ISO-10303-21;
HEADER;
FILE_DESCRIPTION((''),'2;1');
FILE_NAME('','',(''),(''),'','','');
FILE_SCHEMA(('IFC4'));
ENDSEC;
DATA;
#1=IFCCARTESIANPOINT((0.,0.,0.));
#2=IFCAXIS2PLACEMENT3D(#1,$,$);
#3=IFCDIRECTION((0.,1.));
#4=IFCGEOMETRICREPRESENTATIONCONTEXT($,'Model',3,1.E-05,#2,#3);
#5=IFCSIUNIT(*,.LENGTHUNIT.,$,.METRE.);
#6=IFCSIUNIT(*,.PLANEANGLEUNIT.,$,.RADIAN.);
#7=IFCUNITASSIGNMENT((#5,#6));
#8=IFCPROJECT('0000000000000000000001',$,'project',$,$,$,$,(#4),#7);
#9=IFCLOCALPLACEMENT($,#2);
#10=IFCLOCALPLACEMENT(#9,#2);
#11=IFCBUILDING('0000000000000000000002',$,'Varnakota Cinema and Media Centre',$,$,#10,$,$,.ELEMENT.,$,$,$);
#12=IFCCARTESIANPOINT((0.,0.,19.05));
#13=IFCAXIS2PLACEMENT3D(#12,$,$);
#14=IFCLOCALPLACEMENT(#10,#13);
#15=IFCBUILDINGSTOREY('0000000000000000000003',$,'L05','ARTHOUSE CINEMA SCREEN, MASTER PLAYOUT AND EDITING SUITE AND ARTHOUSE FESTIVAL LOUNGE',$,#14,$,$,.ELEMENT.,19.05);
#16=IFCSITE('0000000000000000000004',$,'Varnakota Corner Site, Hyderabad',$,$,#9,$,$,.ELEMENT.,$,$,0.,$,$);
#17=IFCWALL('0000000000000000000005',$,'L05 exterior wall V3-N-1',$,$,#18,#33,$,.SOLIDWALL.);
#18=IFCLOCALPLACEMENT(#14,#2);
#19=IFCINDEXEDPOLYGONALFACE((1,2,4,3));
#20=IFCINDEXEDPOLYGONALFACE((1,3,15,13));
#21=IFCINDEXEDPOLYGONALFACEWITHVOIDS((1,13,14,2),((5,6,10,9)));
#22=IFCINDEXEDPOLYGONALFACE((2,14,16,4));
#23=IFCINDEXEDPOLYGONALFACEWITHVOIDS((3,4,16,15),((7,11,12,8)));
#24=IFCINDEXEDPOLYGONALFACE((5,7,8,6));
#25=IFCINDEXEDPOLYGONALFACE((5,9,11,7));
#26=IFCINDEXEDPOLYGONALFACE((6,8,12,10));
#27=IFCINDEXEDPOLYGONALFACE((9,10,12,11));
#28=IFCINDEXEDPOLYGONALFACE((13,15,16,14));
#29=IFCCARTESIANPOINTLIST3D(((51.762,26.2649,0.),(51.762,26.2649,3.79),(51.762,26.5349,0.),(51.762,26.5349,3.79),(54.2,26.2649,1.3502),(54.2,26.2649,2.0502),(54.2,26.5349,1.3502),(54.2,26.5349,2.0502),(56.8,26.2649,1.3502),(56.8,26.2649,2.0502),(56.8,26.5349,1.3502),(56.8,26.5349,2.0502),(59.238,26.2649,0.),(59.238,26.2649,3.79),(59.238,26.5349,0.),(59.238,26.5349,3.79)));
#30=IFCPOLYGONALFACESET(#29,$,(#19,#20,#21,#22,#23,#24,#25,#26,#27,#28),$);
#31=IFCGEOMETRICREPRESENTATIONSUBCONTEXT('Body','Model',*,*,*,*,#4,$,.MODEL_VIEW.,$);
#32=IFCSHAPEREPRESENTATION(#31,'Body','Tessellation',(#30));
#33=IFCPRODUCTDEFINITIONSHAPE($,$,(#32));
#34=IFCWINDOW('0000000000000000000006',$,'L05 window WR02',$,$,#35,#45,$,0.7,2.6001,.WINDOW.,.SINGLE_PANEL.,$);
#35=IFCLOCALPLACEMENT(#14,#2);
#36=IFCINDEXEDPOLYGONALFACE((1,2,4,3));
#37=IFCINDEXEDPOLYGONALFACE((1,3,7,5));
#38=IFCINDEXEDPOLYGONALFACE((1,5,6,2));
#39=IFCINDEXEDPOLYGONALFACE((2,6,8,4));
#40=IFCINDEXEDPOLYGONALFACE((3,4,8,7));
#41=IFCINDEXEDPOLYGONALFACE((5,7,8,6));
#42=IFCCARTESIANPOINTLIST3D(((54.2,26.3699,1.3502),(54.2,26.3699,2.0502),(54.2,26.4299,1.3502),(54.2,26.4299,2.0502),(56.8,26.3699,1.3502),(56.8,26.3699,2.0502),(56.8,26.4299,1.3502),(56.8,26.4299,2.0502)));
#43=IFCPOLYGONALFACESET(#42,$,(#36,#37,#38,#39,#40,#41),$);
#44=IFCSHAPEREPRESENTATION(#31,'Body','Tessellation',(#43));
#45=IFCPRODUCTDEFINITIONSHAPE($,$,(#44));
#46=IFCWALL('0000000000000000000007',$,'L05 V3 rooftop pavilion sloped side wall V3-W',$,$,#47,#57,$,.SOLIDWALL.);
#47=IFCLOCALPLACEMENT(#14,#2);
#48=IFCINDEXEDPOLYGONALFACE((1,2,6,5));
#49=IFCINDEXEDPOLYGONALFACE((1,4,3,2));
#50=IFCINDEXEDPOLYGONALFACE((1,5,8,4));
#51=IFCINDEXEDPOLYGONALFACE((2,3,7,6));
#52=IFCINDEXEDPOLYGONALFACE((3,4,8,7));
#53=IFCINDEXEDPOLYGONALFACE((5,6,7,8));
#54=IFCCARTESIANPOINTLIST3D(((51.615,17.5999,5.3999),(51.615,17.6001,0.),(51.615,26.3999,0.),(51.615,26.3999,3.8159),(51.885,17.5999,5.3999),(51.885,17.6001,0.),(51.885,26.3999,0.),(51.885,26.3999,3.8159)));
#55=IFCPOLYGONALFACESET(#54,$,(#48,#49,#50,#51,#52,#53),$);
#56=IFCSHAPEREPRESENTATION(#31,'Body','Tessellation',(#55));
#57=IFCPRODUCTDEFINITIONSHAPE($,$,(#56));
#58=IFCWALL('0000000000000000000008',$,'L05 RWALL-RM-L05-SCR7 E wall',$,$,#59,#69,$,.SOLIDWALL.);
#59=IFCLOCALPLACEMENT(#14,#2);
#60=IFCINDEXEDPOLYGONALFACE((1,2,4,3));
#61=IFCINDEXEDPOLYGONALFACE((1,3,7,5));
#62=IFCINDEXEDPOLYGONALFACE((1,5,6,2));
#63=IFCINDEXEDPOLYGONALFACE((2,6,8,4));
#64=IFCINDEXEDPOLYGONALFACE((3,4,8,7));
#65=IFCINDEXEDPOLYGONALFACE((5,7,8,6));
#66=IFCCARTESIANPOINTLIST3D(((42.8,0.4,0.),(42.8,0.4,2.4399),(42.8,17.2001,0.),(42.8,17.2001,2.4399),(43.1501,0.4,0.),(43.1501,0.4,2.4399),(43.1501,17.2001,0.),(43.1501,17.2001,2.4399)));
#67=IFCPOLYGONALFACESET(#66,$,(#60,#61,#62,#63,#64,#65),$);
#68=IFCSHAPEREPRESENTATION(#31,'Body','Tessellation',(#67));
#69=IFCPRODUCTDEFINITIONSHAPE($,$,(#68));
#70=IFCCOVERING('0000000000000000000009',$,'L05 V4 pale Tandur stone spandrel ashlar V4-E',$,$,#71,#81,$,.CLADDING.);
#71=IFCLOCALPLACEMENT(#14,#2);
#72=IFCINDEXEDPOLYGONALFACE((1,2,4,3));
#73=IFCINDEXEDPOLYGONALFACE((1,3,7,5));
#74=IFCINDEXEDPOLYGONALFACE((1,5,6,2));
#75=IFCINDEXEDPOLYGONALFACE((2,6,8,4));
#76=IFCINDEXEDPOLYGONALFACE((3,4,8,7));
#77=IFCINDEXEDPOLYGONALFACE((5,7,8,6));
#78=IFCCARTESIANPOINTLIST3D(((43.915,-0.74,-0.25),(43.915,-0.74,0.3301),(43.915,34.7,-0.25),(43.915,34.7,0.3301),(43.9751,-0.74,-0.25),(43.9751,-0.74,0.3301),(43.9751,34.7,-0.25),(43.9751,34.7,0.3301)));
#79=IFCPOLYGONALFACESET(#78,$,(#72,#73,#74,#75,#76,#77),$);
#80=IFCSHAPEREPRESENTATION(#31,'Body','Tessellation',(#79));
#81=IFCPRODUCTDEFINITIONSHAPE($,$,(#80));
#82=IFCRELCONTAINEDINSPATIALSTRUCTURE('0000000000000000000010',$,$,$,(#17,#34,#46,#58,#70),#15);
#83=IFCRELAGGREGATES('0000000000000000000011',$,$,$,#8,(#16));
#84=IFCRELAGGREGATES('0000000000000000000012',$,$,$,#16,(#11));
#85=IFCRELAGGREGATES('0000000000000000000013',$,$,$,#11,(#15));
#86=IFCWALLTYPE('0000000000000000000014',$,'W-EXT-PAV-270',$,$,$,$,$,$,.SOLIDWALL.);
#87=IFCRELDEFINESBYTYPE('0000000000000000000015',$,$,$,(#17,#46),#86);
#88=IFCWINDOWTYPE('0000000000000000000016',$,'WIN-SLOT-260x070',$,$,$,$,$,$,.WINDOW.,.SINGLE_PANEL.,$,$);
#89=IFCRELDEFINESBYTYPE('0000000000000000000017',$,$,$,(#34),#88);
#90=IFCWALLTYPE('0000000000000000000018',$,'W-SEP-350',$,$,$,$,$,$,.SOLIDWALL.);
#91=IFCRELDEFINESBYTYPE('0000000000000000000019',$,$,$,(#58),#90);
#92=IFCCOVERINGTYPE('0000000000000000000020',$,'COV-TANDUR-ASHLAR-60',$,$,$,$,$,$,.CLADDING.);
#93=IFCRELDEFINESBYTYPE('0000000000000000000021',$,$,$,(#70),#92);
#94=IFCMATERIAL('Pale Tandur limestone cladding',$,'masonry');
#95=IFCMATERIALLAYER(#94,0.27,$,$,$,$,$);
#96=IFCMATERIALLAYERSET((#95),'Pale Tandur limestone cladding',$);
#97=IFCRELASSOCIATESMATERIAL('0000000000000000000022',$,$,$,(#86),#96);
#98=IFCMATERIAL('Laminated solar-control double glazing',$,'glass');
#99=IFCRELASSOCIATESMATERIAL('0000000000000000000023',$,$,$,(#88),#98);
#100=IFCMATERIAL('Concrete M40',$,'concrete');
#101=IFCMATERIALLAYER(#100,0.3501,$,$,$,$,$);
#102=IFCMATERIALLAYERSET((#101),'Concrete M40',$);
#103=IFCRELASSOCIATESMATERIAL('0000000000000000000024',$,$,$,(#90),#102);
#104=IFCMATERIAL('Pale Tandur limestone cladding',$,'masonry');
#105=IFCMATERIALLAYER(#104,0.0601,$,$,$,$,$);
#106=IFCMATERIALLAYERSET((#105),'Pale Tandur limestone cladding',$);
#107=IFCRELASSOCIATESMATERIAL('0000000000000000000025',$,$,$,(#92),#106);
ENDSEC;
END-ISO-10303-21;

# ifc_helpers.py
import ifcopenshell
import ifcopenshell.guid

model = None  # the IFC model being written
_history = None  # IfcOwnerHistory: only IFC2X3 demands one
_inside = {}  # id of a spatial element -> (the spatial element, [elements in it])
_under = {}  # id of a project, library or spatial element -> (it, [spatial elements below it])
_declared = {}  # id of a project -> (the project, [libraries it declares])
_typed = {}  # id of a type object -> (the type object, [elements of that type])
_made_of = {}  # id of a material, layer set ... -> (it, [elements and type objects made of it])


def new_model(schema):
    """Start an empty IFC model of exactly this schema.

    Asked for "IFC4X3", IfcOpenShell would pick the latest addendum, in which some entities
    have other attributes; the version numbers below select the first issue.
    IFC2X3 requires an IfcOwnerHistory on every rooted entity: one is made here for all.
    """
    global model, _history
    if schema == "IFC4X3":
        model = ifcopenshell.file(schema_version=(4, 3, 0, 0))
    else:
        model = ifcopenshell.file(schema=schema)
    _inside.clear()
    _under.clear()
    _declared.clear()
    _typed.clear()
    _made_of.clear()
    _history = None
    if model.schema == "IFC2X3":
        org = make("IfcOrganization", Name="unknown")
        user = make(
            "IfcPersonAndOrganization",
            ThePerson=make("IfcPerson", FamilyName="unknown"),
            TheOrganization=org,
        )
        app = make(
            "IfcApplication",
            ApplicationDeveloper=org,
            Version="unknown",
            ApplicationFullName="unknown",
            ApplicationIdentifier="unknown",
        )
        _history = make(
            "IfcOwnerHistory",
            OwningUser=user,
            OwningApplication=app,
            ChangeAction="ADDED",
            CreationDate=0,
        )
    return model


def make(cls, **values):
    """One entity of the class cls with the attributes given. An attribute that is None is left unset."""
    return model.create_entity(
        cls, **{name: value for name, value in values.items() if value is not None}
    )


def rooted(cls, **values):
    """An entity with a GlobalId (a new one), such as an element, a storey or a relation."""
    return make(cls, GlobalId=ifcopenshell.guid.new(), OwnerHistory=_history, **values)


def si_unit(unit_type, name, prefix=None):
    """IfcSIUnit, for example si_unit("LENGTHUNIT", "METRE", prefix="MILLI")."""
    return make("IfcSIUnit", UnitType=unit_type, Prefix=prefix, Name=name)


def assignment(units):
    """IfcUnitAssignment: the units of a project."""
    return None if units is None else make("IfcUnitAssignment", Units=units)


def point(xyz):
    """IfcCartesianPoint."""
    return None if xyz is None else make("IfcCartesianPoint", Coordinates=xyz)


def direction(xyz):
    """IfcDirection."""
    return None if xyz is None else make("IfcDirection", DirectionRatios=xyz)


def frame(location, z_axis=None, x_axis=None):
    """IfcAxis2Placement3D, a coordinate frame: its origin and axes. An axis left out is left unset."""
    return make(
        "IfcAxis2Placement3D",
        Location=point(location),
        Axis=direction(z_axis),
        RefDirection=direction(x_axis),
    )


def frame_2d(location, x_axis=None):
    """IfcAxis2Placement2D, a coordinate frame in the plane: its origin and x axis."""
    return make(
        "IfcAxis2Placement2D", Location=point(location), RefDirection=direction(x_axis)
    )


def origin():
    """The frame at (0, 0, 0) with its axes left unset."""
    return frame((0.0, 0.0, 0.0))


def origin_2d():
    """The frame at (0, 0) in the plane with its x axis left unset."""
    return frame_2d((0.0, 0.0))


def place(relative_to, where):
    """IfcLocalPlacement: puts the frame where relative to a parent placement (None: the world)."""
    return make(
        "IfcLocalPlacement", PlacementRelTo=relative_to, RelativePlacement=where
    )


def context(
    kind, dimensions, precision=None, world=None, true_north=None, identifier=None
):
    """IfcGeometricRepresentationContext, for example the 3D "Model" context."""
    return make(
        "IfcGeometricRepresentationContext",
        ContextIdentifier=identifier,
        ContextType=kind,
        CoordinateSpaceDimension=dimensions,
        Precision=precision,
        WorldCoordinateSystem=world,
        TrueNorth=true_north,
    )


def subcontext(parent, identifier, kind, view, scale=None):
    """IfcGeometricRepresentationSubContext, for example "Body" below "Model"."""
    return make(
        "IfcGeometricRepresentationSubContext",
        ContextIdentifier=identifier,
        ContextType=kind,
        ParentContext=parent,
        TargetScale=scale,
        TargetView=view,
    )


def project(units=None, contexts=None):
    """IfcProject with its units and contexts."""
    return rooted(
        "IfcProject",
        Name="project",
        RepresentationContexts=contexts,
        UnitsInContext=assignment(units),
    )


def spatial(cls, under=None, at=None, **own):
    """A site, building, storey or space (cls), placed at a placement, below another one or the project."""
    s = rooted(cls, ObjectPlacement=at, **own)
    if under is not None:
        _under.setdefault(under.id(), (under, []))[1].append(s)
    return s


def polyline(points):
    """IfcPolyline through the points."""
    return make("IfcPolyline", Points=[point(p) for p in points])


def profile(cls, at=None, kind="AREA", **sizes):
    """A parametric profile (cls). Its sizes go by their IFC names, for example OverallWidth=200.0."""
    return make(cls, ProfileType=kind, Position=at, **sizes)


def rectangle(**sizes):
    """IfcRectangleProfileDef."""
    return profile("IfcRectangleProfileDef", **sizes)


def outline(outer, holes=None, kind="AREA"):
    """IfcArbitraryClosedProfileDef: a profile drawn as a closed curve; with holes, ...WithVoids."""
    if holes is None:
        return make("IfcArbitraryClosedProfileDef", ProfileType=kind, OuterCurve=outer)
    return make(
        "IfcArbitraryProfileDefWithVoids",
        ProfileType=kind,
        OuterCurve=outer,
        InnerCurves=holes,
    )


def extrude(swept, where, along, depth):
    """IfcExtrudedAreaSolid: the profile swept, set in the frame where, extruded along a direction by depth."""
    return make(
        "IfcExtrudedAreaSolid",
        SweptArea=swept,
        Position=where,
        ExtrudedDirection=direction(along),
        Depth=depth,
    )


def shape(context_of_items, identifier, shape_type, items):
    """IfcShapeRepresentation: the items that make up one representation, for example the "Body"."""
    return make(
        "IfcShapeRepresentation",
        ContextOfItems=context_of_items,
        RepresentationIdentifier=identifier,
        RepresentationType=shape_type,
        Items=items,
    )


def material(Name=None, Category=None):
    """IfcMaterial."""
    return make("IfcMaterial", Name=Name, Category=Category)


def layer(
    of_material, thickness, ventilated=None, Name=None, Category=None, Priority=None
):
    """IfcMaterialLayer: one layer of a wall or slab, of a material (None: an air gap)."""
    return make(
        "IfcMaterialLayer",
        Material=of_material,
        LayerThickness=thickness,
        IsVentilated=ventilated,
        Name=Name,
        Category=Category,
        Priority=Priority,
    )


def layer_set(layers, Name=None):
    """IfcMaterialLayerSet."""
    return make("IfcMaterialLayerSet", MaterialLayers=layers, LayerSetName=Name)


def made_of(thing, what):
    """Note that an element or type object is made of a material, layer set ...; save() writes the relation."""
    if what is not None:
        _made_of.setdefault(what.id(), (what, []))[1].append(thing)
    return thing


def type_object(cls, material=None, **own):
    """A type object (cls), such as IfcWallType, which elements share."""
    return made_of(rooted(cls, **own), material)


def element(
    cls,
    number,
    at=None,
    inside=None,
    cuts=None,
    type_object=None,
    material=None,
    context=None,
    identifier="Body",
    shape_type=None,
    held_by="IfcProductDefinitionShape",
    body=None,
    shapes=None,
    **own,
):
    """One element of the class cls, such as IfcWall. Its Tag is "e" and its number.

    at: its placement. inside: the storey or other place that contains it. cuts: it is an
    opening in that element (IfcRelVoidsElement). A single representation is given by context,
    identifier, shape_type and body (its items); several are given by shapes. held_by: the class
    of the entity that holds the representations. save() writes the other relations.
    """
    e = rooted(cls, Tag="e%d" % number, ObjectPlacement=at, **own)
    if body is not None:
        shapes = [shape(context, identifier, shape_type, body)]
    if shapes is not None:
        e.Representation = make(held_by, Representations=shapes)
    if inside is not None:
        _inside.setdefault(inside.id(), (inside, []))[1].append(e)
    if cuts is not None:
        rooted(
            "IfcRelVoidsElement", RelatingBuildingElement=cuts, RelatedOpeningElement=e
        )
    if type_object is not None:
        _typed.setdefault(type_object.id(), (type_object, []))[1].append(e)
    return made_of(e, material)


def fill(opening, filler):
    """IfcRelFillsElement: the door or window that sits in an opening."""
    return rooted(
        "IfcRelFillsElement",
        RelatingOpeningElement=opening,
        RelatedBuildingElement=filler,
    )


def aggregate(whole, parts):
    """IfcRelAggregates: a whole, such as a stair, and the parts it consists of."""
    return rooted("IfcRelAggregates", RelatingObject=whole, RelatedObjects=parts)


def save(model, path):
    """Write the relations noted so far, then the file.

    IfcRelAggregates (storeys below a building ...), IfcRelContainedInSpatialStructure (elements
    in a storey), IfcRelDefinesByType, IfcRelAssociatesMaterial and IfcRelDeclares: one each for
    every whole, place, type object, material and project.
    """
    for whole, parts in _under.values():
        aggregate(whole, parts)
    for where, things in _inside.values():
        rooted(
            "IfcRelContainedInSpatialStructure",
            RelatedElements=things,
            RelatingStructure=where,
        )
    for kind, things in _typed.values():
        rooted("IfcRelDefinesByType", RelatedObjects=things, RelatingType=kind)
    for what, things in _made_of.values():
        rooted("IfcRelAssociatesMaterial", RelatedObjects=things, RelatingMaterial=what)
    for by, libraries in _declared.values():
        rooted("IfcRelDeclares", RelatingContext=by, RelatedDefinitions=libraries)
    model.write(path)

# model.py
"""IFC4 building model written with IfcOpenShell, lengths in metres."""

from ifc_helpers import new_model, si_unit, direction, frame, frame_2d, origin, origin_2d, place, context, subcontext, project, spatial, polyline, rectangle, outline, extrude, material, layer, layer_set, type_object, element, fill, save


model = new_model("IFC4")

# Units and contexts
model_context = context("Model", 3, precision=1e-05, world=origin(), true_north=direction((0.0, 1.0)))
body_context = subcontext(model_context, "Body", "Model", "MODEL_VIEW")
ifc_project = project(units=[si_unit("LENGTHUNIT", "METRE"), si_unit("PLANEANGLEUNIT", "RADIAN")], contexts=[model_context])

# Site, building, storey
site_placement = place(None, origin())
site = spatial("IfcSite", under=ifc_project, at=site_placement, Name="Varnakota Corner Site, Hyderabad", CompositionType="ELEMENT", RefElevation=0.0)
building_placement = place(site_placement, origin())
building = spatial("IfcBuilding", under=site, at=building_placement, Name="Varnakota Cinema and Media Centre", CompositionType="ELEMENT")
storey_placement = place(building_placement, frame((0.0, 0.0, 19.05)))
storey = spatial("IfcBuildingStorey", under=building, at=storey_placement, Name="L05", Description="ARTHOUSE CINEMA SCREEN, MASTER PLAYOUT AND EDITING SUITE AND ARTHOUSE FESTIVAL LOUNGE", CompositionType="ELEMENT", Elevation=19.05)

# Wall, opening, window
ifc_material_1 = material(Name="Pale Tandur limestone cladding", Category="masonry")
ifc_layer_1 = layer(ifc_material_1, 0.27)
ifc_layer_set_1 = layer_set([ifc_layer_1], Name="Pale Tandur limestone cladding")
wall_type_1 = type_object("IfcWallType", Name="W-EXT-PAV-270", PredefinedType="SOLIDWALL", material=ifc_layer_set_1)
wall_1_placement = place(storey_placement, frame((51.762, 26.3999, 0.0), z_axis=(0.0, 0.0, 1.0), x_axis=(1.0, 0.0, 0.0)))
wall_1 = element("IfcWall", 1, at=wall_1_placement, inside=storey, type_object=wall_type_1, Name="L05 exterior wall V3-N-1", PredefinedType="SOLIDWALL", context=body_context, shape_type="SweptSolid", body=[
    extrude(rectangle(XDim=7.4761, YDim=0.27, at=frame_2d((3.738, 0.0))), origin(), (0.0, 0.0, 1.0), 3.79),
])
opening_1_placement = place(wall_1_placement, frame((2.438, 0.0, 1.3501)))
opening_1 = element("IfcOpeningElement", 2, at=opening_1_placement, cuts=wall_1, PredefinedType="OPENING", context=body_context, shape_type="SweptSolid", body=[
    extrude(rectangle(XDim=2.6001, YDim=0.7, at=frame_2d((1.3, 0.3501))), frame((0.0, 0.135, 0.0), z_axis=(0.0, -1.0, 0.0), x_axis=(1.0, 0.0, 0.0)), (0.0, 0.0, 1.0), 0.27),
])
ifc_material_2 = material(Name="Laminated solar-control double glazing", Category="glass")
window_type = type_object("IfcWindowType", Name="WIN-SLOT-260x070", PartitioningType="SINGLE_PANEL", PredefinedType="WINDOW", material=ifc_material_2)
window_placement = place(opening_1_placement, origin())
window = element("IfcWindow", 3, at=window_placement, inside=storey, type_object=window_type, Name="L05 window WR02", OverallHeight=0.7, OverallWidth=2.6001, PartitioningType="SINGLE_PANEL", PredefinedType="WINDOW", context=body_context, shape_type="SweptSolid", body=[
    extrude(rectangle(XDim=2.6001, YDim=0.7, at=frame_2d((1.3, 0.3501))), frame((0.0, 0.03, 0.0), z_axis=(0.0, -1.0, 0.0), x_axis=(1.0, 0.0, 0.0)), (0.0, 0.0, 1.0), 0.0601),
])
fill(opening_1, window)

# Walls
wall_2_placement = place(storey_placement, frame((51.75, 26.3999, 0.0), z_axis=(0.0, 0.0, 1.0), x_axis=(0.0, -1.0, 0.0)))
element("IfcWall", 4, at=wall_2_placement, inside=storey, type_object=wall_type_1, Name="L05 V3 rooftop pavilion sloped side wall V3-W", PredefinedType="SOLIDWALL", context=body_context, shape_type="SweptSolid", body=[
    extrude(outline(polyline([(0.0, 0.0), (8.7998, 0.0), (8.8, 5.3999), (0.0, 3.8159), (0.0, 0.0)])), frame((0.0, 0.135, 0.0), z_axis=(0.0, -1.0, 0.0), x_axis=(1.0, 0.0, 0.0)), (0.0, 0.0, 1.0), 0.27),
])
ifc_material_3 = material(Name="Concrete M40", Category="concrete")
ifc_layer_2 = layer(ifc_material_3, 0.3501)
ifc_layer_set_2 = layer_set([ifc_layer_2], Name="Concrete M40")
wall_type_2 = type_object("IfcWallType", Name="W-SEP-350", PredefinedType="SOLIDWALL", material=ifc_layer_set_2)
wall_3_placement = place(storey_placement, frame((42.9751, 17.2, 0.0), z_axis=(0.0, 0.0, 1.0), x_axis=(0.0, -1.0, 0.0)))
element("IfcWall", 5, at=wall_3_placement, inside=storey, type_object=wall_type_2, Name="L05 RWALL-RM-L05-SCR7 E wall", PredefinedType="SOLIDWALL", context=body_context, shape_type="SweptSolid", body=[
    extrude(rectangle(XDim=16.8, YDim=0.3501, at=frame_2d((8.3999, 0.0))), origin(), (0.0, 0.0, 1.0), 2.4399),
])

# Covering
ifc_material_4 = material(Name="Pale Tandur limestone cladding", Category="masonry")
ifc_layer_3 = layer(ifc_material_4, 0.0601)
ifc_layer_set_3 = layer_set([ifc_layer_3], Name="Pale Tandur limestone cladding")
covering_type = type_object("IfcCoveringType", Name="COV-TANDUR-ASHLAR-60", PredefinedType="CLADDING", material=ifc_layer_set_3)
covering_placement = place(storey_placement, frame((43.9451, 16.98, -0.25), z_axis=(0.0, 0.0, 1.0), x_axis=(0.0, -1.0, 0.0)))
element("IfcCovering", 6, at=covering_placement, inside=storey, type_object=covering_type, Name="L05 V4 pale Tandur stone spandrel ashlar V4-E", PredefinedType="CLADDING", context=body_context, shape_type="SweptSolid", body=[
    extrude(rectangle(XDim=35.4399, YDim=0.0601, at=origin_2d()), origin(), (0.0, 0.0, 1.0), 0.5801),
])

save(model, "model.ifc")
